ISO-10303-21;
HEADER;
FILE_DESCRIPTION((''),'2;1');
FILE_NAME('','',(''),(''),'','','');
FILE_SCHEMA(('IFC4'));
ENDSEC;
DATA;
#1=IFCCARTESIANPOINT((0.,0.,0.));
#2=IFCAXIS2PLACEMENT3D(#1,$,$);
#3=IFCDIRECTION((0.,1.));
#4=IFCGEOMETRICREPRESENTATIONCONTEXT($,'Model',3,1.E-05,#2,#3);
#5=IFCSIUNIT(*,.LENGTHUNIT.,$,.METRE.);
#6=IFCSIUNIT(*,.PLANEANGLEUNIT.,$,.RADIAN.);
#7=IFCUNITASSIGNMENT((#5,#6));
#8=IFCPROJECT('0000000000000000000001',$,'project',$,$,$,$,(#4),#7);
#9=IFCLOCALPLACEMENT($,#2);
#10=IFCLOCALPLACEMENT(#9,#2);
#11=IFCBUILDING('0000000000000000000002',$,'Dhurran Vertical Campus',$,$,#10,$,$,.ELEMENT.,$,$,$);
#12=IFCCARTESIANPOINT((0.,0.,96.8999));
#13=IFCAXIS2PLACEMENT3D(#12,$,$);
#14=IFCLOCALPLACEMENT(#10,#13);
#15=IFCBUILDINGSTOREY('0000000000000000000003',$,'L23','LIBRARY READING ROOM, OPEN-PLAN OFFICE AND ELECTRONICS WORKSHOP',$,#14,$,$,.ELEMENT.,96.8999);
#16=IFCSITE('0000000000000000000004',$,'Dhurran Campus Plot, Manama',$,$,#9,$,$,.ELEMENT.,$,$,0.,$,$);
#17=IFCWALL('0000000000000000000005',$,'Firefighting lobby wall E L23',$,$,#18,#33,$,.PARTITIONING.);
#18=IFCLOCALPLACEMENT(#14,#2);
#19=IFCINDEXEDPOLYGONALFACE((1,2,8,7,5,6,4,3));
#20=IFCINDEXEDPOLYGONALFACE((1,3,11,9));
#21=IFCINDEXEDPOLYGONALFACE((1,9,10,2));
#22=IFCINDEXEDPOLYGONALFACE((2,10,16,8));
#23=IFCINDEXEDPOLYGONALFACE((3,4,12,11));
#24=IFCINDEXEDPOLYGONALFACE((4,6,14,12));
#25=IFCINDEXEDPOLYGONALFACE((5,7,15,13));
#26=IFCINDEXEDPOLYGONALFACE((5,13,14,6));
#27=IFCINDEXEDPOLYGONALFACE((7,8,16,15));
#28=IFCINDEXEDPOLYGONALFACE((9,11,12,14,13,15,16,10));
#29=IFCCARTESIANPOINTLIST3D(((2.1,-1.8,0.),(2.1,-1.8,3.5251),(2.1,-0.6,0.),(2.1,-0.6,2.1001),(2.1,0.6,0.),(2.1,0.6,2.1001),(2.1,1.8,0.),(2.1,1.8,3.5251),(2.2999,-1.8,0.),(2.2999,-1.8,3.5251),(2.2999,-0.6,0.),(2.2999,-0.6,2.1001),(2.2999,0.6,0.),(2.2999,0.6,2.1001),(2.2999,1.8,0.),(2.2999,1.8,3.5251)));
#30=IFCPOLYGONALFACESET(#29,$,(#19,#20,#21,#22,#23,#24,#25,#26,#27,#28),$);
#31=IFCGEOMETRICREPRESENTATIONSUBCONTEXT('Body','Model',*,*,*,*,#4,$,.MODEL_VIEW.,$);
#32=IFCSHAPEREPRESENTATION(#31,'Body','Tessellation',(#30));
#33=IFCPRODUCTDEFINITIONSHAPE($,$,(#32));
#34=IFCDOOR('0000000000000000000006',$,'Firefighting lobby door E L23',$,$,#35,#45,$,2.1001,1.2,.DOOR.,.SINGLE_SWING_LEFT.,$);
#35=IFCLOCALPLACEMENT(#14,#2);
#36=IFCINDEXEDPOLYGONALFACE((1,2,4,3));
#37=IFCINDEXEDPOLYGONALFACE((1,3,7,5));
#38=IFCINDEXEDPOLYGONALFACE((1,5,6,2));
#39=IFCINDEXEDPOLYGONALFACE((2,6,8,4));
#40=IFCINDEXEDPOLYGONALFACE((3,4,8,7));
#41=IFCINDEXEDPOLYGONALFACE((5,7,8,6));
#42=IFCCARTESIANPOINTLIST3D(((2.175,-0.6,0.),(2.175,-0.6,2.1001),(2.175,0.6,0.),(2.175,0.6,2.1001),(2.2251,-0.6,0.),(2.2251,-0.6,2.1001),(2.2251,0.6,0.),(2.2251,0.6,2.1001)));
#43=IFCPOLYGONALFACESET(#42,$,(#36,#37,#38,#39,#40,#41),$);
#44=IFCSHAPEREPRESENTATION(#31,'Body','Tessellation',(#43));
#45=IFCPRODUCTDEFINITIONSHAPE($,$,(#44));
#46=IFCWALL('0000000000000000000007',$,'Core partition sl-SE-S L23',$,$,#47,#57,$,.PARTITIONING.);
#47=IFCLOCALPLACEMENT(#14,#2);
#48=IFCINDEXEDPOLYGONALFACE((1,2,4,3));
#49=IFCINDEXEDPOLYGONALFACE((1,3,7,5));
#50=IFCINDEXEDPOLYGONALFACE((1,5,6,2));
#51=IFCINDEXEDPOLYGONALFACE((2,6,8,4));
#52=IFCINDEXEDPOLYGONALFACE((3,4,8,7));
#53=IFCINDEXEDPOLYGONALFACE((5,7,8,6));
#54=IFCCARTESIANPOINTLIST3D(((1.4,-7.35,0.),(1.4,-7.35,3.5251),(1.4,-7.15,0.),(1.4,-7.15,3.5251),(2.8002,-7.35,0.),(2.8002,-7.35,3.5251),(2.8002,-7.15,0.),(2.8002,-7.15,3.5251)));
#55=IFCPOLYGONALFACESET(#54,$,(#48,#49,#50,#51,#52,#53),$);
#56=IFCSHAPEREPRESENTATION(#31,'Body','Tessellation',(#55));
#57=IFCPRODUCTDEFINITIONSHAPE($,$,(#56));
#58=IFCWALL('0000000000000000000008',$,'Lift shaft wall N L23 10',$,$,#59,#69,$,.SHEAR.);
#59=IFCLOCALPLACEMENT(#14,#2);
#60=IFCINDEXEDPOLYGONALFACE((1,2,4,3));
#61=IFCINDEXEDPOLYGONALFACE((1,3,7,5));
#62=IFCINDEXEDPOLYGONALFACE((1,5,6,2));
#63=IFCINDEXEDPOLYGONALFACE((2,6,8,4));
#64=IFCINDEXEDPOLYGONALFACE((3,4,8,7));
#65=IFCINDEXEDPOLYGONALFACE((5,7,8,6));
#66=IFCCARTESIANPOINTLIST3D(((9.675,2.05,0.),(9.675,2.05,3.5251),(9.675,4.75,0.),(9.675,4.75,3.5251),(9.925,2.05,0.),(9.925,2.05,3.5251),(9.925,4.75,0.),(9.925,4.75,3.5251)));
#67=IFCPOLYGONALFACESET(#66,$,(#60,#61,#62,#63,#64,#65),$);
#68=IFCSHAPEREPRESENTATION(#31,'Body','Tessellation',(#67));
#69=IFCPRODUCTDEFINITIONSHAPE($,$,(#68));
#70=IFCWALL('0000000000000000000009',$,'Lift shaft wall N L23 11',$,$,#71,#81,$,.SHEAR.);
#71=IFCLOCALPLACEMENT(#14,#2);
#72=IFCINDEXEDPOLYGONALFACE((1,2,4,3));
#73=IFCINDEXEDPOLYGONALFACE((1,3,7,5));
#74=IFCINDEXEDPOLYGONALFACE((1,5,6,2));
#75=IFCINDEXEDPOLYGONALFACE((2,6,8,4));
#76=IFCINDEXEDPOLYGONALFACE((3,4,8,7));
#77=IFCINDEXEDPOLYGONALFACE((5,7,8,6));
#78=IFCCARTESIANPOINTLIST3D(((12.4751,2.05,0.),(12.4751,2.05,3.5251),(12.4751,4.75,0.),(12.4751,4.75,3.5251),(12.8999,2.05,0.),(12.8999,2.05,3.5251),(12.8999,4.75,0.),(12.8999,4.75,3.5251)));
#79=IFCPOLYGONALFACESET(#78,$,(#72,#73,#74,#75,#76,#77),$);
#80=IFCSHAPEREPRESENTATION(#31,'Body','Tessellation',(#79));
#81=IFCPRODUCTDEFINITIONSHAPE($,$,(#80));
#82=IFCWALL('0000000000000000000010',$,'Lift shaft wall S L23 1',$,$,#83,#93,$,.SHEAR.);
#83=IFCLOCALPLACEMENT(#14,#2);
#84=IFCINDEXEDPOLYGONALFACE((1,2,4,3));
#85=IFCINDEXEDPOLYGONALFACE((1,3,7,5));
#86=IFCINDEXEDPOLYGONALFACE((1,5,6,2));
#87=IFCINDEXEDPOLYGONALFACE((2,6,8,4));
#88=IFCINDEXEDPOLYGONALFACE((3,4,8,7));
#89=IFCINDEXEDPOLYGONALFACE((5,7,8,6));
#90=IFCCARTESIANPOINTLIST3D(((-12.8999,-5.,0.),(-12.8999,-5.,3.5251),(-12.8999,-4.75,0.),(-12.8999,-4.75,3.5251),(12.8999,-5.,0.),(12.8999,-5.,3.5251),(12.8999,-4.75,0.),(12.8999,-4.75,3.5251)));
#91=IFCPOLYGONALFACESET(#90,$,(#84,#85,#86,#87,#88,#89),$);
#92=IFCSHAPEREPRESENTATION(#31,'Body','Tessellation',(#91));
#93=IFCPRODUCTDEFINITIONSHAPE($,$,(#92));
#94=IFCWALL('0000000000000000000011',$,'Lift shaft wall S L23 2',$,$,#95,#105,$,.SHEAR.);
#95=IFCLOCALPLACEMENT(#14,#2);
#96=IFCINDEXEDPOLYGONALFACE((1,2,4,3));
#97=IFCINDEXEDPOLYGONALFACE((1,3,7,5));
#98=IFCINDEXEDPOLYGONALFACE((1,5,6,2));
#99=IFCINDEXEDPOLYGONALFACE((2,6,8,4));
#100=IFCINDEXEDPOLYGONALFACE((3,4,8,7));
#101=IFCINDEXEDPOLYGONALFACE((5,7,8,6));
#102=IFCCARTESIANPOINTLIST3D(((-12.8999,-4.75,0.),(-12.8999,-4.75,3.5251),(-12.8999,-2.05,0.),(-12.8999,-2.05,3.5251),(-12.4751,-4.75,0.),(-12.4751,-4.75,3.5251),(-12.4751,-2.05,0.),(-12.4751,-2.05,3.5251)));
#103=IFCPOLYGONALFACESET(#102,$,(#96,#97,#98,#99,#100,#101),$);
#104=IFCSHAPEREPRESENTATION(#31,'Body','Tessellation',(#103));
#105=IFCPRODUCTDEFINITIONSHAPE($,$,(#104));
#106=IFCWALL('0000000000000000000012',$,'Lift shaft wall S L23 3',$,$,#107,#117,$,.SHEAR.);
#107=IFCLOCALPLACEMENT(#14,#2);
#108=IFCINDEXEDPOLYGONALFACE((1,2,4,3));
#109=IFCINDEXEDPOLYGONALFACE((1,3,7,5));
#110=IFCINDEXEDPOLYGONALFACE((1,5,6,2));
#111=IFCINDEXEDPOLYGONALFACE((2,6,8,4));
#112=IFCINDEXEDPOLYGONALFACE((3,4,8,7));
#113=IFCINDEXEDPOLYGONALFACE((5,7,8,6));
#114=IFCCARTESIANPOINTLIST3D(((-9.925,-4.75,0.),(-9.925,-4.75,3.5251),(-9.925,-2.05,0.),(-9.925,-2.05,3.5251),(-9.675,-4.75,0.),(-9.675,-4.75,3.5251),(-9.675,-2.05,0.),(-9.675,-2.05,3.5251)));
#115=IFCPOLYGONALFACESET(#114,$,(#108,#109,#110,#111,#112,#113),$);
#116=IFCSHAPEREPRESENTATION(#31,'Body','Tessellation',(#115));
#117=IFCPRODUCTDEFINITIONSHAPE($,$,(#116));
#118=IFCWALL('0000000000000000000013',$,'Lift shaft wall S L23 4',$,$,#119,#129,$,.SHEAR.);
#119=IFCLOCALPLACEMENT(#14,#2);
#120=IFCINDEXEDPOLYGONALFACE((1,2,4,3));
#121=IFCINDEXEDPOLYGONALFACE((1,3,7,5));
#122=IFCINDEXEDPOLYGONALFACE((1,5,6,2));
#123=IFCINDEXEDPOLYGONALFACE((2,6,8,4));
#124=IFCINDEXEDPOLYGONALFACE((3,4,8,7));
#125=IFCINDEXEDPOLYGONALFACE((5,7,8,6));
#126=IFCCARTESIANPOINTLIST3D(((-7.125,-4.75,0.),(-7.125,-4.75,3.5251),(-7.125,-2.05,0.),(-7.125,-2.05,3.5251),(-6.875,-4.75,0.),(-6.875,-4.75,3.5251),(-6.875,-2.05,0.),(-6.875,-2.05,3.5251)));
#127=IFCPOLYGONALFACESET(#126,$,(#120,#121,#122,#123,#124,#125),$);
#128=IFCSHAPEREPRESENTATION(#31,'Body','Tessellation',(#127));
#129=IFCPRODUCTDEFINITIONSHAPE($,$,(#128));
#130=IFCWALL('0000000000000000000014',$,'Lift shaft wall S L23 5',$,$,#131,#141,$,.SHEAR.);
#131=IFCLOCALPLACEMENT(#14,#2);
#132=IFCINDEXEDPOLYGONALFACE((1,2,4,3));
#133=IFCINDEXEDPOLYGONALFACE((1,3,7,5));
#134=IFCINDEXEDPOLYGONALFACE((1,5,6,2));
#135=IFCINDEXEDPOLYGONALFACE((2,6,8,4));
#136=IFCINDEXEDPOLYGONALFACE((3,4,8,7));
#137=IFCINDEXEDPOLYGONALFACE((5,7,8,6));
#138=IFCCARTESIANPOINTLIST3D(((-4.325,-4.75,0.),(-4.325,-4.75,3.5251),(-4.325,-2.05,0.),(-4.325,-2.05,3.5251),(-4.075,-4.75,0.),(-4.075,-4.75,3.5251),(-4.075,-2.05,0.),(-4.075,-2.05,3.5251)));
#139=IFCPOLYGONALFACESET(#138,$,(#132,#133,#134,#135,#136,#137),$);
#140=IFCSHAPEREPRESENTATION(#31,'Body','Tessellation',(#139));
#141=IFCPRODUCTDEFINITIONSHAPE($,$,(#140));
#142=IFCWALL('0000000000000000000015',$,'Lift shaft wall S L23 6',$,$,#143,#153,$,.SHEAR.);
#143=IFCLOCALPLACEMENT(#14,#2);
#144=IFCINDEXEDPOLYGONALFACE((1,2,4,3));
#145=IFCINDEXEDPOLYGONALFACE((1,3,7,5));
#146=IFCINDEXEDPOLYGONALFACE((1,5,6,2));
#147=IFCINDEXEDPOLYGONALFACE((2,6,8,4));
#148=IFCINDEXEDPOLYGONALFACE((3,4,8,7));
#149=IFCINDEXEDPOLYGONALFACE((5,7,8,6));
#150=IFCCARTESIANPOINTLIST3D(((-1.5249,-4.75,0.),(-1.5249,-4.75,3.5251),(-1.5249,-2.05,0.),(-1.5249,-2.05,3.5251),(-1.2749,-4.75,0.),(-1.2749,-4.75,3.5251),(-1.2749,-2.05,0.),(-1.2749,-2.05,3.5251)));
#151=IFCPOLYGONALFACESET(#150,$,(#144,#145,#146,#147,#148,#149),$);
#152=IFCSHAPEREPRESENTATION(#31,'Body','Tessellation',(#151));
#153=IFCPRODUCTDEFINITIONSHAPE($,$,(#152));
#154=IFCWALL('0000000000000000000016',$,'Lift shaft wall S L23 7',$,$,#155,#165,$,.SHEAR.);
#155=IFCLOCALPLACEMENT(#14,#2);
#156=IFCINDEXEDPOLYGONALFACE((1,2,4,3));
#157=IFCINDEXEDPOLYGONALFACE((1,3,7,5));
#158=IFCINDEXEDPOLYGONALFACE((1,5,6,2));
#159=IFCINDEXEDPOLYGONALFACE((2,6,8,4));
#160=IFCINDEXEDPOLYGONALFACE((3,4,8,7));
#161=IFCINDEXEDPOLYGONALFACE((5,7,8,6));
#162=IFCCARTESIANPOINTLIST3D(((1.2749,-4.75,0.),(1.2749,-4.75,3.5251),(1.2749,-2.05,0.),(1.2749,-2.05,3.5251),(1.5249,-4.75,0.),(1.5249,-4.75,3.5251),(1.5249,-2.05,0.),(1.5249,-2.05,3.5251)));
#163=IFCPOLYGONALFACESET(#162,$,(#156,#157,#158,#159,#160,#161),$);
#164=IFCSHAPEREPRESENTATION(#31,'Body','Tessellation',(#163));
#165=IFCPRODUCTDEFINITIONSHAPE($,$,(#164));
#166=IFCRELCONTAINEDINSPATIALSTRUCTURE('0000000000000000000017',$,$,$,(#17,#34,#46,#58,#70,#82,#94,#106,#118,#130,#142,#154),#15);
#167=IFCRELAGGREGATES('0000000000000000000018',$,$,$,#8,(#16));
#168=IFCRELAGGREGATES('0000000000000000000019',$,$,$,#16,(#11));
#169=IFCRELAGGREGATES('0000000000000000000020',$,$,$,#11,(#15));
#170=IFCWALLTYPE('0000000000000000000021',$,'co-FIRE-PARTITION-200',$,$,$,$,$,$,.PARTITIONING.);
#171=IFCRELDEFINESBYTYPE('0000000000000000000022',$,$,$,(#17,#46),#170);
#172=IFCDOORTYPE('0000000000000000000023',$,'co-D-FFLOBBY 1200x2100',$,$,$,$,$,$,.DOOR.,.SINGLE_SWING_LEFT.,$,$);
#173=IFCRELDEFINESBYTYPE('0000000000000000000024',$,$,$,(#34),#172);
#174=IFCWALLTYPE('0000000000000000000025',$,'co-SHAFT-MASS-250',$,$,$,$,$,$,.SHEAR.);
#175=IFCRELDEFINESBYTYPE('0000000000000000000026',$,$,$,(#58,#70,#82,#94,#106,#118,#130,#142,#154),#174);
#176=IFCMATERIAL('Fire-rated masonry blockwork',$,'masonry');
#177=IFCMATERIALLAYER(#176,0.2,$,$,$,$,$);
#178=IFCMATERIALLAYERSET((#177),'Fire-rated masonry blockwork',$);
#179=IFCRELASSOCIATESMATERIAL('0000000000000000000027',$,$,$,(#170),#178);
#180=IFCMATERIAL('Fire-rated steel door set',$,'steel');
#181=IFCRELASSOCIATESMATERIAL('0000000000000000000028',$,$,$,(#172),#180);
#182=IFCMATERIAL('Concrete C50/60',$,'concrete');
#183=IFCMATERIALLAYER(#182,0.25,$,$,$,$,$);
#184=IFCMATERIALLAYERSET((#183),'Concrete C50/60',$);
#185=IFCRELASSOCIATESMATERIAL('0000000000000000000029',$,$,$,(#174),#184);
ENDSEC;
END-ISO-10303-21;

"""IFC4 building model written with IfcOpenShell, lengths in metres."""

from ifc_helpers import new_model, si_unit, direction, frame, frame_2d, origin, place, context, subcontext, project, spatial, polyline, rectangle, outline, extrude, material, layer, layer_set, type_object, element, fill, save


model = new_model("IFC4")

# Units and contexts
model_context = context("Model", 3, precision=1e-05, world=origin(), true_north=direction((0.0, 1.0)))
body_context = subcontext(model_context, "Body", "Model", "MODEL_VIEW")
ifc_project = project(units=[si_unit("LENGTHUNIT", "METRE"), si_unit("PLANEANGLEUNIT", "RADIAN")], contexts=[model_context])

# Site, building, storey
site_placement = place(None, origin())
site = spatial("IfcSite", under=ifc_project, at=site_placement, Name="Dhurran Campus Plot, Manama", CompositionType="ELEMENT", RefElevation=0.0)
building_placement = place(site_placement, origin())
building = spatial("IfcBuilding", under=site, at=building_placement, Name="Dhurran Vertical Campus", CompositionType="ELEMENT")
storey_placement = place(building_placement, frame((0.0, 0.0, 96.8999)))
storey = spatial("IfcBuildingStorey", under=building, at=storey_placement, Name="L23", Description="LIBRARY READING ROOM, OPEN-PLAN OFFICE AND ELECTRONICS WORKSHOP", CompositionType="ELEMENT", Elevation=96.8999)

# Wall, opening, door
ifc_material_1 = material(Name="Fire-rated masonry blockwork", Category="masonry")
ifc_layer_1 = layer(ifc_material_1, 0.2)
ifc_layer_set_1 = layer_set([ifc_layer_1], Name="Fire-rated masonry blockwork")
wall_type_1 = type_object("IfcWallType", Name="co-FIRE-PARTITION-200", PredefinedType="PARTITIONING", material=ifc_layer_set_1)
wall_1_placement = place(storey_placement, frame((2.2, -1.8, 0.0), z_axis=(0.0, 0.0, 1.0), x_axis=(0.0, 1.0, 0.0)))
wall_1 = element("IfcWall", 1, at=wall_1_placement, inside=storey, type_object=wall_type_1, Name="Firefighting lobby wall E L23", PredefinedType="PARTITIONING", context=body_context, shape_type="SweptSolid", body=[
    extrude(rectangle(XDim=3.6001, YDim=0.2, at=frame_2d((1.8, 0.0))), origin(), (0.0, 0.0, 1.0), 3.5251),
])
opening_1_placement = place(wall_1_placement, frame((1.2, 0.0, 0.0)))
opening_1 = element("IfcOpeningElement", 2, at=opening_1_placement, cuts=wall_1, PredefinedType="OPENING", context=body_context, shape_type="SweptSolid", body=[
    extrude(rectangle(XDim=1.2, YDim=2.1001, at=frame_2d((0.6001, 1.05))), frame((0.0, 0.1099, 0.0), z_axis=(0.0, -1.0, 0.0), x_axis=(1.0, 0.0, 0.0)), (0.0, 0.0, 1.0), 0.22),
])
ifc_material_2 = material(Name="Fire-rated steel door set", Category="steel")
door_type_1 = type_object("IfcDoorType", Name="co-D-FFLOBBY 1200x2100", OperationType="SINGLE_SWING_LEFT", PredefinedType="DOOR", material=ifc_material_2)
door_1_placement = place(opening_1_placement, origin())
door_1 = element("IfcDoor", 3, at=door_1_placement, inside=storey, type_object=door_type_1, Name="Firefighting lobby door E L23", OperationType="SINGLE_SWING_LEFT", OverallHeight=2.1001, OverallWidth=1.2, PredefinedType="DOOR", context=body_context, shape_type="SweptSolid", body=[
    extrude(rectangle(XDim=1.2, YDim=2.1001, at=frame_2d((0.6001, 1.05))), frame((0.0, 0.0249, 0.0), z_axis=(0.0, -1.0, 0.0), x_axis=(1.0, 0.0, 0.0)), (0.0, 0.0, 1.0), 0.05),
])
fill(opening_1, door_1)

# Walls
wall_2_placement = place(storey_placement, frame((1.3999, -7.25, 0.0), z_axis=(0.0, 0.0, 1.0), x_axis=(1.0, 0.0, 0.0)))
element("IfcWall", 4, at=wall_2_placement, inside=storey, type_object=wall_type_1, Name="Core partition sl-SE-S L23", PredefinedType="PARTITIONING", context=body_context, shape_type="SweptSolid", body=[
    extrude(rectangle(XDim=1.4001, YDim=0.2, at=frame_2d((0.7002, 0.0))), origin(), (0.0, 0.0, 1.0), 3.5251),
])
ifc_material_3 = material(Name="Concrete C50/60", Category="concrete")
ifc_layer_2 = layer(ifc_material_3, 0.25)
ifc_layer_set_2 = layer_set([ifc_layer_2], Name="Concrete C50/60")
wall_type_2 = type_object("IfcWallType", Name="co-SHAFT-MASS-250", PredefinedType="SHEAR", material=ifc_layer_set_2)
wall_3_placement = place(storey_placement, origin())
element("IfcWall", 5, at=wall_3_placement, inside=storey, type_object=wall_type_2, Name="Lift shaft wall N L23 10", PredefinedType="SHEAR", context=body_context, shape_type="SweptSolid", body=[
    extrude(outline(polyline([(9.675, 2.05), (9.925, 2.05), (9.925, 4.75), (9.675, 4.75), (9.675, 2.05)])), origin(), (0.0, 0.0, 1.0), 3.5251),
])
wall_4_placement = place(storey_placement, origin())
element("IfcWall", 6, at=wall_4_placement, inside=storey, type_object=wall_type_2, Name="Lift shaft wall N L23 11", PredefinedType="SHEAR", context=body_context, shape_type="SweptSolid", body=[
    extrude(outline(polyline([(12.4751, 2.05), (12.8999, 2.05), (12.8999, 4.75), (12.4751, 4.75), (12.4751, 2.05)])), origin(), (0.0, 0.0, 1.0), 3.5251),
])
wall_5_placement = place(storey_placement, origin())
element("IfcWall", 7, at=wall_5_placement, inside=storey, type_object=wall_type_2, Name="Lift shaft wall S L23 1", PredefinedType="SHEAR", context=body_context, shape_type="SweptSolid", body=[
    extrude(outline(polyline([(-12.8999, -5.0), (12.8999, -5.0), (12.8999, -4.75), (-12.8999, -4.75), (-12.8999, -5.0)])), origin(), (0.0, 0.0, 1.0), 3.5251),
])
wall_6_placement = place(storey_placement, origin())
element("IfcWall", 8, at=wall_6_placement, inside=storey, type_object=wall_type_2, Name="Lift shaft wall S L23 2", PredefinedType="SHEAR", context=body_context, shape_type="SweptSolid", body=[
    extrude(outline(polyline([(-12.8999, -4.75), (-12.4751, -4.75), (-12.4751, -2.05), (-12.8999, -2.05), (-12.8999, -4.75)])), origin(), (0.0, 0.0, 1.0), 3.5251),
])
wall_7_placement = place(storey_placement, origin())
element("IfcWall", 9, at=wall_7_placement, inside=storey, type_object=wall_type_2, Name="Lift shaft wall S L23 3", PredefinedType="SHEAR", context=body_context, shape_type="SweptSolid", body=[
    extrude(outline(polyline([(-9.925, -4.75), (-9.675, -4.75), (-9.675, -2.05), (-9.925, -2.05), (-9.925, -4.75)])), origin(), (0.0, 0.0, 1.0), 3.5251),
])
wall_8_placement = place(storey_placement, origin())
element("IfcWall", 10, at=wall_8_placement, inside=storey, type_object=wall_type_2, Name="Lift shaft wall S L23 4", PredefinedType="SHEAR", context=body_context, shape_type="SweptSolid", body=[
    extrude(outline(polyline([(-7.125, -4.75), (-6.875, -4.75), (-6.875, -2.05), (-7.125, -2.05), (-7.125, -4.75)])), origin(), (0.0, 0.0, 1.0), 3.5251),
])
wall_9_placement = place(storey_placement, origin())
element("IfcWall", 11, at=wall_9_placement, inside=storey, type_object=wall_type_2, Name="Lift shaft wall S L23 5", PredefinedType="SHEAR", context=body_context, shape_type="SweptSolid", body=[
    extrude(outline(polyline([(-4.325, -4.75), (-4.075, -4.75), (-4.075, -2.05), (-4.325, -2.05), (-4.325, -4.75)])), origin(), (0.0, 0.0, 1.0), 3.5251),
])
wall_10_placement = place(storey_placement, origin())
element("IfcWall", 12, at=wall_10_placement, inside=storey, type_object=wall_type_2, Name="Lift shaft wall S L23 6", PredefinedType="SHEAR", context=body_context, shape_type="SweptSolid", body=[
    extrude(outline(polyline([(-1.5249, -4.75), (-1.2749, -4.75), (-1.2749, -2.05), (-1.5249, -2.05), (-1.5249, -4.75)])), origin(), (0.0, 0.0, 1.0), 3.5251),
])
wall_11_placement = place(storey_placement, origin())
element("IfcWall", 13, at=wall_11_placement, inside=storey, type_object=wall_type_2, Name="Lift shaft wall S L23 7", PredefinedType="SHEAR", context=body_context, shape_type="SweptSolid", body=[
    extrude(outline(polyline([(1.2749, -4.75), (1.5249, -4.75), (1.5249, -2.05), (1.2749, -2.05), (1.2749, -4.75)])), origin(), (0.0, 0.0, 1.0), 3.5251),
])

save(model, "model.ifc")
